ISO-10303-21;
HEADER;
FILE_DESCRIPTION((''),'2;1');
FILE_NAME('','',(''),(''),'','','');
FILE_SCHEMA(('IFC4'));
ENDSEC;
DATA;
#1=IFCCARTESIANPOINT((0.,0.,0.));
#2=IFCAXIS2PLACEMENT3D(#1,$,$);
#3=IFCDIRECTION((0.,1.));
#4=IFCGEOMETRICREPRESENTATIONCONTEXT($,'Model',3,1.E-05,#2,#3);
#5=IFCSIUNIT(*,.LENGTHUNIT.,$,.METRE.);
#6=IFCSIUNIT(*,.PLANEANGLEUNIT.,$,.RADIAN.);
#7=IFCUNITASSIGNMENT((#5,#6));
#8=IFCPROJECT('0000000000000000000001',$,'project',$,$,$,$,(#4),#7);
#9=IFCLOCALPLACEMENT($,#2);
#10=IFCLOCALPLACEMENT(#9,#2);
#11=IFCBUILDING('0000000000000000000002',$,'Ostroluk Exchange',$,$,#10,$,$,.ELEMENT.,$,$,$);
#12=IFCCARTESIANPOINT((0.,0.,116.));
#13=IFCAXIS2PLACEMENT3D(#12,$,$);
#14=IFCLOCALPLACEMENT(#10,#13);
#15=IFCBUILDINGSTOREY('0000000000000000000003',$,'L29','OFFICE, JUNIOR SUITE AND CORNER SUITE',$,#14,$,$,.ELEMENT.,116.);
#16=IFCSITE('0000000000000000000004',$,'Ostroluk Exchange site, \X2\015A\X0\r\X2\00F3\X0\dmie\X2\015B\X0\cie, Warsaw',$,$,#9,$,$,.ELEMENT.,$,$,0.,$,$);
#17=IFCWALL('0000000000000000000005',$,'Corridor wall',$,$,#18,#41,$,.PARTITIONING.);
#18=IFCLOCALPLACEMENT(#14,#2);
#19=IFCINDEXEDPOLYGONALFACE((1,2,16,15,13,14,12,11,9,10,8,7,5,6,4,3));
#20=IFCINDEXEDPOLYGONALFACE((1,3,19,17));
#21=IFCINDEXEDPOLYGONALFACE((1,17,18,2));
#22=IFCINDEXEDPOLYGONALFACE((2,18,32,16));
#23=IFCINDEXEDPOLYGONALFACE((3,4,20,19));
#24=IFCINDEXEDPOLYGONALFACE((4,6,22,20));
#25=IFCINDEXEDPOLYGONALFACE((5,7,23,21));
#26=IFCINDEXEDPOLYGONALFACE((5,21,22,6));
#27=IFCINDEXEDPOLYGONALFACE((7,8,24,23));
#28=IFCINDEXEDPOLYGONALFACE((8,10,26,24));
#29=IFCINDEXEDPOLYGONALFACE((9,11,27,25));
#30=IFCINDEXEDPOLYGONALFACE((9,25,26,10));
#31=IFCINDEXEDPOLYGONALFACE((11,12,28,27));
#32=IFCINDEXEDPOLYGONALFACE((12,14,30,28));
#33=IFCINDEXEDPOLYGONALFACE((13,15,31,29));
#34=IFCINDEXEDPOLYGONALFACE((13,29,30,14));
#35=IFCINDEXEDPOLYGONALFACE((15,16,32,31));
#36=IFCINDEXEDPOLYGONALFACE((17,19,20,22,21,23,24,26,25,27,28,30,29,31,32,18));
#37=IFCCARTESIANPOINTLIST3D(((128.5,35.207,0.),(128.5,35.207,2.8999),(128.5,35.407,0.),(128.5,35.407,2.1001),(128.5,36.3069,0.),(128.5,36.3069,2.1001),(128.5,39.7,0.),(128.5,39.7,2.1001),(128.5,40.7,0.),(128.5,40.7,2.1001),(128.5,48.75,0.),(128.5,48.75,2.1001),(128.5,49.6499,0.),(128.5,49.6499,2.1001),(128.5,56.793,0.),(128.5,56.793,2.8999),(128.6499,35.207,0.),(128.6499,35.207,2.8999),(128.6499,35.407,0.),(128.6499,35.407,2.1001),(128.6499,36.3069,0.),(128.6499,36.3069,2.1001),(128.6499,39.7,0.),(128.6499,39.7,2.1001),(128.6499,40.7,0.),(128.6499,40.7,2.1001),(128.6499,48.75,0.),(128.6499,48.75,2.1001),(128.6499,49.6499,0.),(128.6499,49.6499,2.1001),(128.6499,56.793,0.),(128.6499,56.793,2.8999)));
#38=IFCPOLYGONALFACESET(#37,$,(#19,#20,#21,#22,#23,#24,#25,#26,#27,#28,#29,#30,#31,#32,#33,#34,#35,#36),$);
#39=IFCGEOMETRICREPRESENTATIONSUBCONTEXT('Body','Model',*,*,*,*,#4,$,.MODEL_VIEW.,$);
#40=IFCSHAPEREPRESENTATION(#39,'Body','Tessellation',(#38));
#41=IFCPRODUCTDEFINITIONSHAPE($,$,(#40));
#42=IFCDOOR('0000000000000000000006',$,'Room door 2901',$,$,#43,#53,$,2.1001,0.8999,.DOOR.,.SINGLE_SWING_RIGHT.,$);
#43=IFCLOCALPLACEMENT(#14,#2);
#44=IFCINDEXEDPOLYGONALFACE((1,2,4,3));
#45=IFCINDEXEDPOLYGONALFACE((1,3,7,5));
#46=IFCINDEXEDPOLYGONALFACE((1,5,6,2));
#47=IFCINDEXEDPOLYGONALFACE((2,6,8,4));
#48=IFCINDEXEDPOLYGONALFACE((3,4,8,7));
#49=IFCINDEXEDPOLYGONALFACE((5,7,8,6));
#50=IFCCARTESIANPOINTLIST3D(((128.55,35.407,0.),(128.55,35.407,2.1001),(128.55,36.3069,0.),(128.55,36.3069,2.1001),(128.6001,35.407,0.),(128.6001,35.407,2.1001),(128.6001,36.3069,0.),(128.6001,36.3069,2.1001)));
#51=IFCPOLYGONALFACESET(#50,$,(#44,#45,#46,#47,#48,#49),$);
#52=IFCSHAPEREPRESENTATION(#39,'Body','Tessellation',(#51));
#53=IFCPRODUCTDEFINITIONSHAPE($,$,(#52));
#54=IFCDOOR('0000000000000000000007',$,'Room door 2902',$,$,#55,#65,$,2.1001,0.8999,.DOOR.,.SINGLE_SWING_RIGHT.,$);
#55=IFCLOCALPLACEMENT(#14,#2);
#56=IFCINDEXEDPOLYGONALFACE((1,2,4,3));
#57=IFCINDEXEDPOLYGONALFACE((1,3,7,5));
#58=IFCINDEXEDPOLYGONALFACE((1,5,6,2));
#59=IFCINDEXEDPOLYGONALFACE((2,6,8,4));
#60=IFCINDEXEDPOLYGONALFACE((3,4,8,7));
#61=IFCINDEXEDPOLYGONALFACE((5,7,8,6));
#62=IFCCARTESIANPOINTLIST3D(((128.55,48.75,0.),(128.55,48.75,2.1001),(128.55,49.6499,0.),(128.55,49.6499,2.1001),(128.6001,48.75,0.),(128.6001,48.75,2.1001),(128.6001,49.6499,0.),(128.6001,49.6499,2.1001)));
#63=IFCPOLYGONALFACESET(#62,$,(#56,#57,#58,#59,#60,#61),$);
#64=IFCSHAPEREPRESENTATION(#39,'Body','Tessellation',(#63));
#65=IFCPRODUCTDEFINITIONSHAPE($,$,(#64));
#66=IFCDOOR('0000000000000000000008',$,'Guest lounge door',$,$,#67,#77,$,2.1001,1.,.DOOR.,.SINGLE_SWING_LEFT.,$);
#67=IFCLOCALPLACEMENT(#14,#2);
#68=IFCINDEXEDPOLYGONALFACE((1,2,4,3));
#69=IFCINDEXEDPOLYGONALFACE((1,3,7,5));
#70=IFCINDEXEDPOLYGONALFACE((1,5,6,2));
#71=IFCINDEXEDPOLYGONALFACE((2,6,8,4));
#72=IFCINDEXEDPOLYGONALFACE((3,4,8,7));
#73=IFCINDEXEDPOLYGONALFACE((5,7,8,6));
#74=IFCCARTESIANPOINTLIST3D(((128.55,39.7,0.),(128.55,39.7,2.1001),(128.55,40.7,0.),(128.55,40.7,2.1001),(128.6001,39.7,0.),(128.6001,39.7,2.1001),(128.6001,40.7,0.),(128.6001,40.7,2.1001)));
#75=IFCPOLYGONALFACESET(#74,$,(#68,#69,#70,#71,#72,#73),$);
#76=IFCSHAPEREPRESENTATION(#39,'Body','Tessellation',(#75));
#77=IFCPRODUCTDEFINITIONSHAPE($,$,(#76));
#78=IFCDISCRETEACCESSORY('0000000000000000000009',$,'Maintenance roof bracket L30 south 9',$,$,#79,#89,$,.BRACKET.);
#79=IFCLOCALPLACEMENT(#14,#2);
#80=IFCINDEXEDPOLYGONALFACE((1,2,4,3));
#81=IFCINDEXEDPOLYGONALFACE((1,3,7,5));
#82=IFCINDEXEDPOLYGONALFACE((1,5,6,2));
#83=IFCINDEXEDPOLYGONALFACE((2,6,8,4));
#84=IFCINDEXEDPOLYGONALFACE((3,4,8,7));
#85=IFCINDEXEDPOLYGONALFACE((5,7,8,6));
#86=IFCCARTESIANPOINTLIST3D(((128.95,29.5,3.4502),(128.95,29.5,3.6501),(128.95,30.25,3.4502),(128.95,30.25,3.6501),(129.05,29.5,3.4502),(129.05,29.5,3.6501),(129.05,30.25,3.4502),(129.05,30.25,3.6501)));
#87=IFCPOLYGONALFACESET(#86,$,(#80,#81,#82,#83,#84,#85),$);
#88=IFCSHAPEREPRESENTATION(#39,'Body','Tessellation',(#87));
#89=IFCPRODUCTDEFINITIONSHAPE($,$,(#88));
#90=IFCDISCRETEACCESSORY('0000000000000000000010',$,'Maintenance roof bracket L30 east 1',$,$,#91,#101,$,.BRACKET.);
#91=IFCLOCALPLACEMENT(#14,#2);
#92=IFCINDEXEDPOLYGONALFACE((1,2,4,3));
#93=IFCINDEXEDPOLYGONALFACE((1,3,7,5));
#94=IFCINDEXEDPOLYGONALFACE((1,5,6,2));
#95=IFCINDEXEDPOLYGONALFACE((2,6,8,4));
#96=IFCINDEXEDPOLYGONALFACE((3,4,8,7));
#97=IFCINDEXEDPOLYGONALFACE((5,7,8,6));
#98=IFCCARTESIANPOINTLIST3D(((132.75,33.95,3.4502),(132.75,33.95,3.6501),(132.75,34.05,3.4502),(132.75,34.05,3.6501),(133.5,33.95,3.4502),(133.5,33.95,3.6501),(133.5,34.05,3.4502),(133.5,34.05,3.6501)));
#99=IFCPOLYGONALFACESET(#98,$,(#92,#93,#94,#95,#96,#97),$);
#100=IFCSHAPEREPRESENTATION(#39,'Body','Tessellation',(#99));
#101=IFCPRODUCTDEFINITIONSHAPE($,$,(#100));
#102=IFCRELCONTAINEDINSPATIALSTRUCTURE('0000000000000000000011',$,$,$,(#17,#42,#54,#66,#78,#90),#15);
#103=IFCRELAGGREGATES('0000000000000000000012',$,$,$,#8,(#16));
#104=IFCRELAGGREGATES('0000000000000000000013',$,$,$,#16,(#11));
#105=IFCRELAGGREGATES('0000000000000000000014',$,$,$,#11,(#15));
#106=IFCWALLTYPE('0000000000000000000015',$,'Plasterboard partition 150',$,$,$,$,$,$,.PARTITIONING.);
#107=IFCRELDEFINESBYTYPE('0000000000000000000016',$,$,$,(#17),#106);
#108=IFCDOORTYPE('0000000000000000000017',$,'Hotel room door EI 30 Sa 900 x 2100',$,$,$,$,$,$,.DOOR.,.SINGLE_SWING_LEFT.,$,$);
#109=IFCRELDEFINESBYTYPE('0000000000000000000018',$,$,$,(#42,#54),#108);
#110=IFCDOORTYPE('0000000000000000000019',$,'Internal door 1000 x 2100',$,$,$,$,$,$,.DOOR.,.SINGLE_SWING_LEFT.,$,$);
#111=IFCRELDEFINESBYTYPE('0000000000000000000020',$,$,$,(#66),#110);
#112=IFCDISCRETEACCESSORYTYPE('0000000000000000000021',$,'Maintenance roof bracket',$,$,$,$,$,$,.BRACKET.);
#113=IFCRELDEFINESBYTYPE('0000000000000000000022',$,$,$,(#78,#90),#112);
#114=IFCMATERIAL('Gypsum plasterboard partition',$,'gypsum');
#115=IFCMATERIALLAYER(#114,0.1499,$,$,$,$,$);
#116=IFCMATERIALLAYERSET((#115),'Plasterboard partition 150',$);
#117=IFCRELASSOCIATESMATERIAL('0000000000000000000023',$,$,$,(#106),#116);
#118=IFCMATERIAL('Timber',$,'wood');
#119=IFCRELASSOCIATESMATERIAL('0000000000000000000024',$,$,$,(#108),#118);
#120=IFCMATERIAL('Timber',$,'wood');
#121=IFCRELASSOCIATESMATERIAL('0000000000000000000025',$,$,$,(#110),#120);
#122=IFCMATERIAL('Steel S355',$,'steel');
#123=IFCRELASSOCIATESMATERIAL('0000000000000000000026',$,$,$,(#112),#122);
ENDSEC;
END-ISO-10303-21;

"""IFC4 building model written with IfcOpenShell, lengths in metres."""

from ifc_helpers import new_model, si_unit, direction, frame, frame_2d, origin, origin_2d, place, context, subcontext, project, spatial, rectangle, extrude, material, layer, layer_set, type_object, element, fill, save


model = new_model("IFC4")

# Units and contexts
model_context = context("Model", 3, precision=1e-05, world=origin(), true_north=direction((0.0, 1.0)))
body_context = subcontext(model_context, "Body", "Model", "MODEL_VIEW")
ifc_project = project(units=[si_unit("LENGTHUNIT", "METRE"), si_unit("PLANEANGLEUNIT", "RADIAN")], contexts=[model_context])

# Site, building, storey
site_placement = place(None, origin())
site = spatial("IfcSite", under=ifc_project, at=site_placement, Name="Ostroluk Exchange site, Śródmieście, Warsaw", CompositionType="ELEMENT", RefElevation=0.0)
building_placement = place(site_placement, origin())
building = spatial("IfcBuilding", under=site, at=building_placement, Name="Ostroluk Exchange", CompositionType="ELEMENT")
storey_placement = place(building_placement, frame((0.0, 0.0, 116.0)))
storey = spatial("IfcBuildingStorey", under=building, at=storey_placement, Name="L29", Description="OFFICE, JUNIOR SUITE AND CORNER SUITE", CompositionType="ELEMENT", Elevation=116.0)

# Wall, openings, doors
ifc_material_1 = material(Name="Gypsum plasterboard partition", Category="gypsum")
ifc_layer_1 = layer(ifc_material_1, 0.1499)
ifc_layer_set_1 = layer_set([ifc_layer_1], Name="Plasterboard partition 150")
wall_type_1 = type_object("IfcWallType", Name="Plasterboard partition 150", PredefinedType="PARTITIONING", material=ifc_layer_set_1)
wall_1_placement = place(storey_placement, frame((128.575, 35.207, 0.0), z_axis=(0.0, 0.0, 1.0), x_axis=(0.0, 1.0, 0.0)))
wall_1 = element("IfcWall", 1, at=wall_1_placement, inside=storey, type_object=wall_type_1, Name="Corridor wall", PredefinedType="PARTITIONING", context=body_context, shape_type="SweptSolid", body=[
    extrude(rectangle(XDim=21.5859, YDim=0.1499, at=frame_2d((10.793, 0.0))), origin(), (0.0, 0.0, 1.0), 2.8999),
])
opening_1_placement = place(wall_1_placement, frame((0.2, 0.0, 0.0)))
opening_1 = element("IfcOpeningElement", 2, at=opening_1_placement, cuts=wall_1, PredefinedType="OPENING", context=body_context, shape_type="SweptSolid", body=[
    extrude(rectangle(XDim=0.8999, YDim=2.1001, at=frame_2d((0.45, 1.05))), frame((0.0, 0.085, 0.0), z_axis=(0.0, -1.0, 0.0), x_axis=(1.0, 0.0, 0.0)), (0.0, 0.0, 1.0), 0.1699),
])
opening_2_placement = place(wall_1_placement, frame((4.4929, 0.0, 0.0)))
opening_2 = element("IfcOpeningElement", 3, at=opening_2_placement, cuts=wall_1, PredefinedType="OPENING", context=body_context, shape_type="SweptSolid", body=[
    extrude(rectangle(XDim=1.0, YDim=2.1001, at=frame_2d((0.5, 1.05))), frame((0.0, 0.085, 0.0), z_axis=(0.0, -1.0, 0.0), x_axis=(1.0, 0.0, 0.0)), (0.0, 0.0, 1.0), 0.1699),
])
opening_3_placement = place(wall_1_placement, frame((13.543, 0.0, 0.0)))
opening_3 = element("IfcOpeningElement", 4, at=opening_3_placement, cuts=wall_1, PredefinedType="OPENING", context=body_context, shape_type="SweptSolid", body=[
    extrude(rectangle(XDim=0.8999, YDim=2.1001, at=frame_2d((0.45, 1.05))), frame((0.0, 0.085, 0.0), z_axis=(0.0, -1.0, 0.0), x_axis=(1.0, 0.0, 0.0)), (0.0, 0.0, 1.0), 0.1699),
])
ifc_material_2 = material(Name="Timber", Category="wood")
door_type_1 = type_object("IfcDoorType", Name="Hotel room door EI 30 Sa 900 x 2100", OperationType="SINGLE_SWING_LEFT", PredefinedType="DOOR", material=ifc_material_2)
door_1_placement = place(opening_1_placement, origin())
door_1 = element("IfcDoor", 5, at=door_1_placement, inside=storey, type_object=door_type_1, Name="Room door 2901", OperationType="SINGLE_SWING_RIGHT", OverallHeight=2.1001, OverallWidth=0.8999, PredefinedType="DOOR", context=body_context, shape_type="SweptSolid", body=[
    extrude(rectangle(XDim=0.8999, YDim=2.1001, at=frame_2d((0.45, 1.05))), frame((0.0, 0.0249, 0.0), z_axis=(0.0, -1.0, 0.0), x_axis=(1.0, 0.0, 0.0)), (0.0, 0.0, 1.0), 0.05),
])
fill(opening_1, door_1)
door_2_placement = place(opening_3_placement, origin())
door_2 = element("IfcDoor", 6, at=door_2_placement, inside=storey, type_object=door_type_1, Name="Room door 2902", OperationType="SINGLE_SWING_RIGHT", OverallHeight=2.1001, OverallWidth=0.8999, PredefinedType="DOOR", context=body_context, shape_type="SweptSolid", body=[
    extrude(rectangle(XDim=0.8999, YDim=2.1001, at=frame_2d((0.45, 1.05))), frame((0.0, 0.0249, 0.0), z_axis=(0.0, -1.0, 0.0), x_axis=(1.0, 0.0, 0.0)), (0.0, 0.0, 1.0), 0.05),
])
fill(opening_3, door_2)
ifc_material_3 = material(Name="Timber", Category="wood")
door_type_2 = type_object("IfcDoorType", Name="Internal door 1000 x 2100", OperationType="SINGLE_SWING_LEFT", PredefinedType="DOOR", material=ifc_material_3)
door_3_placement = place(opening_2_placement, origin())
door_3 = element("IfcDoor", 7, at=door_3_placement, inside=storey, type_object=door_type_2, Name="Guest lounge door", OperationType="SINGLE_SWING_LEFT", OverallHeight=2.1001, OverallWidth=1.0, PredefinedType="DOOR", context=body_context, shape_type="SweptSolid", body=[
    extrude(rectangle(XDim=1.0, YDim=2.1001, at=frame_2d((0.5, 1.05))), frame((0.0, 0.0249, 0.0), z_axis=(0.0, -1.0, 0.0), x_axis=(1.0, 0.0, 0.0)), (0.0, 0.0, 1.0), 0.05),
])
fill(opening_2, door_3)

# Discrete accessories
ifc_material_4 = material(Name="Steel S355", Category="steel")
discrete_accessory_type = type_object("IfcDiscreteAccessoryType", Name="Maintenance roof bracket", PredefinedType="BRACKET", material=ifc_material_4)
discrete_accessory_1_placement = place(storey_placement, frame((129.0, 29.875, 3.4502), z_axis=(0.0, 0.0, 1.0), x_axis=(1.0, 0.0, 0.0)))
element("IfcDiscreteAccessory", 8, at=discrete_accessory_1_placement, inside=storey, type_object=discrete_accessory_type, Name="Maintenance roof bracket L30 south 9", PredefinedType="BRACKET", context=body_context, shape_type="SweptSolid", body=[
    extrude(rectangle(XDim=0.1001, YDim=0.75, at=origin_2d()), origin(), (0.0, 0.0, 1.0), 0.2),
])
discrete_accessory_2_placement = place(storey_placement, frame((133.125, 34.0, 3.4502), z_axis=(0.0, 0.0, 1.0), x_axis=(1.0, 0.0, 0.0)))
element("IfcDiscreteAccessory", 9, at=discrete_accessory_2_placement, inside=storey, type_object=discrete_accessory_type, Name="Maintenance roof bracket L30 east 1", PredefinedType="BRACKET", context=body_context, shape_type="SweptSolid", body=[
    extrude(rectangle(XDim=0.75, YDim=0.1001, at=origin_2d()), origin(), (0.0, 0.0, 1.0), 0.2),
])

save(model, "model.ifc")
